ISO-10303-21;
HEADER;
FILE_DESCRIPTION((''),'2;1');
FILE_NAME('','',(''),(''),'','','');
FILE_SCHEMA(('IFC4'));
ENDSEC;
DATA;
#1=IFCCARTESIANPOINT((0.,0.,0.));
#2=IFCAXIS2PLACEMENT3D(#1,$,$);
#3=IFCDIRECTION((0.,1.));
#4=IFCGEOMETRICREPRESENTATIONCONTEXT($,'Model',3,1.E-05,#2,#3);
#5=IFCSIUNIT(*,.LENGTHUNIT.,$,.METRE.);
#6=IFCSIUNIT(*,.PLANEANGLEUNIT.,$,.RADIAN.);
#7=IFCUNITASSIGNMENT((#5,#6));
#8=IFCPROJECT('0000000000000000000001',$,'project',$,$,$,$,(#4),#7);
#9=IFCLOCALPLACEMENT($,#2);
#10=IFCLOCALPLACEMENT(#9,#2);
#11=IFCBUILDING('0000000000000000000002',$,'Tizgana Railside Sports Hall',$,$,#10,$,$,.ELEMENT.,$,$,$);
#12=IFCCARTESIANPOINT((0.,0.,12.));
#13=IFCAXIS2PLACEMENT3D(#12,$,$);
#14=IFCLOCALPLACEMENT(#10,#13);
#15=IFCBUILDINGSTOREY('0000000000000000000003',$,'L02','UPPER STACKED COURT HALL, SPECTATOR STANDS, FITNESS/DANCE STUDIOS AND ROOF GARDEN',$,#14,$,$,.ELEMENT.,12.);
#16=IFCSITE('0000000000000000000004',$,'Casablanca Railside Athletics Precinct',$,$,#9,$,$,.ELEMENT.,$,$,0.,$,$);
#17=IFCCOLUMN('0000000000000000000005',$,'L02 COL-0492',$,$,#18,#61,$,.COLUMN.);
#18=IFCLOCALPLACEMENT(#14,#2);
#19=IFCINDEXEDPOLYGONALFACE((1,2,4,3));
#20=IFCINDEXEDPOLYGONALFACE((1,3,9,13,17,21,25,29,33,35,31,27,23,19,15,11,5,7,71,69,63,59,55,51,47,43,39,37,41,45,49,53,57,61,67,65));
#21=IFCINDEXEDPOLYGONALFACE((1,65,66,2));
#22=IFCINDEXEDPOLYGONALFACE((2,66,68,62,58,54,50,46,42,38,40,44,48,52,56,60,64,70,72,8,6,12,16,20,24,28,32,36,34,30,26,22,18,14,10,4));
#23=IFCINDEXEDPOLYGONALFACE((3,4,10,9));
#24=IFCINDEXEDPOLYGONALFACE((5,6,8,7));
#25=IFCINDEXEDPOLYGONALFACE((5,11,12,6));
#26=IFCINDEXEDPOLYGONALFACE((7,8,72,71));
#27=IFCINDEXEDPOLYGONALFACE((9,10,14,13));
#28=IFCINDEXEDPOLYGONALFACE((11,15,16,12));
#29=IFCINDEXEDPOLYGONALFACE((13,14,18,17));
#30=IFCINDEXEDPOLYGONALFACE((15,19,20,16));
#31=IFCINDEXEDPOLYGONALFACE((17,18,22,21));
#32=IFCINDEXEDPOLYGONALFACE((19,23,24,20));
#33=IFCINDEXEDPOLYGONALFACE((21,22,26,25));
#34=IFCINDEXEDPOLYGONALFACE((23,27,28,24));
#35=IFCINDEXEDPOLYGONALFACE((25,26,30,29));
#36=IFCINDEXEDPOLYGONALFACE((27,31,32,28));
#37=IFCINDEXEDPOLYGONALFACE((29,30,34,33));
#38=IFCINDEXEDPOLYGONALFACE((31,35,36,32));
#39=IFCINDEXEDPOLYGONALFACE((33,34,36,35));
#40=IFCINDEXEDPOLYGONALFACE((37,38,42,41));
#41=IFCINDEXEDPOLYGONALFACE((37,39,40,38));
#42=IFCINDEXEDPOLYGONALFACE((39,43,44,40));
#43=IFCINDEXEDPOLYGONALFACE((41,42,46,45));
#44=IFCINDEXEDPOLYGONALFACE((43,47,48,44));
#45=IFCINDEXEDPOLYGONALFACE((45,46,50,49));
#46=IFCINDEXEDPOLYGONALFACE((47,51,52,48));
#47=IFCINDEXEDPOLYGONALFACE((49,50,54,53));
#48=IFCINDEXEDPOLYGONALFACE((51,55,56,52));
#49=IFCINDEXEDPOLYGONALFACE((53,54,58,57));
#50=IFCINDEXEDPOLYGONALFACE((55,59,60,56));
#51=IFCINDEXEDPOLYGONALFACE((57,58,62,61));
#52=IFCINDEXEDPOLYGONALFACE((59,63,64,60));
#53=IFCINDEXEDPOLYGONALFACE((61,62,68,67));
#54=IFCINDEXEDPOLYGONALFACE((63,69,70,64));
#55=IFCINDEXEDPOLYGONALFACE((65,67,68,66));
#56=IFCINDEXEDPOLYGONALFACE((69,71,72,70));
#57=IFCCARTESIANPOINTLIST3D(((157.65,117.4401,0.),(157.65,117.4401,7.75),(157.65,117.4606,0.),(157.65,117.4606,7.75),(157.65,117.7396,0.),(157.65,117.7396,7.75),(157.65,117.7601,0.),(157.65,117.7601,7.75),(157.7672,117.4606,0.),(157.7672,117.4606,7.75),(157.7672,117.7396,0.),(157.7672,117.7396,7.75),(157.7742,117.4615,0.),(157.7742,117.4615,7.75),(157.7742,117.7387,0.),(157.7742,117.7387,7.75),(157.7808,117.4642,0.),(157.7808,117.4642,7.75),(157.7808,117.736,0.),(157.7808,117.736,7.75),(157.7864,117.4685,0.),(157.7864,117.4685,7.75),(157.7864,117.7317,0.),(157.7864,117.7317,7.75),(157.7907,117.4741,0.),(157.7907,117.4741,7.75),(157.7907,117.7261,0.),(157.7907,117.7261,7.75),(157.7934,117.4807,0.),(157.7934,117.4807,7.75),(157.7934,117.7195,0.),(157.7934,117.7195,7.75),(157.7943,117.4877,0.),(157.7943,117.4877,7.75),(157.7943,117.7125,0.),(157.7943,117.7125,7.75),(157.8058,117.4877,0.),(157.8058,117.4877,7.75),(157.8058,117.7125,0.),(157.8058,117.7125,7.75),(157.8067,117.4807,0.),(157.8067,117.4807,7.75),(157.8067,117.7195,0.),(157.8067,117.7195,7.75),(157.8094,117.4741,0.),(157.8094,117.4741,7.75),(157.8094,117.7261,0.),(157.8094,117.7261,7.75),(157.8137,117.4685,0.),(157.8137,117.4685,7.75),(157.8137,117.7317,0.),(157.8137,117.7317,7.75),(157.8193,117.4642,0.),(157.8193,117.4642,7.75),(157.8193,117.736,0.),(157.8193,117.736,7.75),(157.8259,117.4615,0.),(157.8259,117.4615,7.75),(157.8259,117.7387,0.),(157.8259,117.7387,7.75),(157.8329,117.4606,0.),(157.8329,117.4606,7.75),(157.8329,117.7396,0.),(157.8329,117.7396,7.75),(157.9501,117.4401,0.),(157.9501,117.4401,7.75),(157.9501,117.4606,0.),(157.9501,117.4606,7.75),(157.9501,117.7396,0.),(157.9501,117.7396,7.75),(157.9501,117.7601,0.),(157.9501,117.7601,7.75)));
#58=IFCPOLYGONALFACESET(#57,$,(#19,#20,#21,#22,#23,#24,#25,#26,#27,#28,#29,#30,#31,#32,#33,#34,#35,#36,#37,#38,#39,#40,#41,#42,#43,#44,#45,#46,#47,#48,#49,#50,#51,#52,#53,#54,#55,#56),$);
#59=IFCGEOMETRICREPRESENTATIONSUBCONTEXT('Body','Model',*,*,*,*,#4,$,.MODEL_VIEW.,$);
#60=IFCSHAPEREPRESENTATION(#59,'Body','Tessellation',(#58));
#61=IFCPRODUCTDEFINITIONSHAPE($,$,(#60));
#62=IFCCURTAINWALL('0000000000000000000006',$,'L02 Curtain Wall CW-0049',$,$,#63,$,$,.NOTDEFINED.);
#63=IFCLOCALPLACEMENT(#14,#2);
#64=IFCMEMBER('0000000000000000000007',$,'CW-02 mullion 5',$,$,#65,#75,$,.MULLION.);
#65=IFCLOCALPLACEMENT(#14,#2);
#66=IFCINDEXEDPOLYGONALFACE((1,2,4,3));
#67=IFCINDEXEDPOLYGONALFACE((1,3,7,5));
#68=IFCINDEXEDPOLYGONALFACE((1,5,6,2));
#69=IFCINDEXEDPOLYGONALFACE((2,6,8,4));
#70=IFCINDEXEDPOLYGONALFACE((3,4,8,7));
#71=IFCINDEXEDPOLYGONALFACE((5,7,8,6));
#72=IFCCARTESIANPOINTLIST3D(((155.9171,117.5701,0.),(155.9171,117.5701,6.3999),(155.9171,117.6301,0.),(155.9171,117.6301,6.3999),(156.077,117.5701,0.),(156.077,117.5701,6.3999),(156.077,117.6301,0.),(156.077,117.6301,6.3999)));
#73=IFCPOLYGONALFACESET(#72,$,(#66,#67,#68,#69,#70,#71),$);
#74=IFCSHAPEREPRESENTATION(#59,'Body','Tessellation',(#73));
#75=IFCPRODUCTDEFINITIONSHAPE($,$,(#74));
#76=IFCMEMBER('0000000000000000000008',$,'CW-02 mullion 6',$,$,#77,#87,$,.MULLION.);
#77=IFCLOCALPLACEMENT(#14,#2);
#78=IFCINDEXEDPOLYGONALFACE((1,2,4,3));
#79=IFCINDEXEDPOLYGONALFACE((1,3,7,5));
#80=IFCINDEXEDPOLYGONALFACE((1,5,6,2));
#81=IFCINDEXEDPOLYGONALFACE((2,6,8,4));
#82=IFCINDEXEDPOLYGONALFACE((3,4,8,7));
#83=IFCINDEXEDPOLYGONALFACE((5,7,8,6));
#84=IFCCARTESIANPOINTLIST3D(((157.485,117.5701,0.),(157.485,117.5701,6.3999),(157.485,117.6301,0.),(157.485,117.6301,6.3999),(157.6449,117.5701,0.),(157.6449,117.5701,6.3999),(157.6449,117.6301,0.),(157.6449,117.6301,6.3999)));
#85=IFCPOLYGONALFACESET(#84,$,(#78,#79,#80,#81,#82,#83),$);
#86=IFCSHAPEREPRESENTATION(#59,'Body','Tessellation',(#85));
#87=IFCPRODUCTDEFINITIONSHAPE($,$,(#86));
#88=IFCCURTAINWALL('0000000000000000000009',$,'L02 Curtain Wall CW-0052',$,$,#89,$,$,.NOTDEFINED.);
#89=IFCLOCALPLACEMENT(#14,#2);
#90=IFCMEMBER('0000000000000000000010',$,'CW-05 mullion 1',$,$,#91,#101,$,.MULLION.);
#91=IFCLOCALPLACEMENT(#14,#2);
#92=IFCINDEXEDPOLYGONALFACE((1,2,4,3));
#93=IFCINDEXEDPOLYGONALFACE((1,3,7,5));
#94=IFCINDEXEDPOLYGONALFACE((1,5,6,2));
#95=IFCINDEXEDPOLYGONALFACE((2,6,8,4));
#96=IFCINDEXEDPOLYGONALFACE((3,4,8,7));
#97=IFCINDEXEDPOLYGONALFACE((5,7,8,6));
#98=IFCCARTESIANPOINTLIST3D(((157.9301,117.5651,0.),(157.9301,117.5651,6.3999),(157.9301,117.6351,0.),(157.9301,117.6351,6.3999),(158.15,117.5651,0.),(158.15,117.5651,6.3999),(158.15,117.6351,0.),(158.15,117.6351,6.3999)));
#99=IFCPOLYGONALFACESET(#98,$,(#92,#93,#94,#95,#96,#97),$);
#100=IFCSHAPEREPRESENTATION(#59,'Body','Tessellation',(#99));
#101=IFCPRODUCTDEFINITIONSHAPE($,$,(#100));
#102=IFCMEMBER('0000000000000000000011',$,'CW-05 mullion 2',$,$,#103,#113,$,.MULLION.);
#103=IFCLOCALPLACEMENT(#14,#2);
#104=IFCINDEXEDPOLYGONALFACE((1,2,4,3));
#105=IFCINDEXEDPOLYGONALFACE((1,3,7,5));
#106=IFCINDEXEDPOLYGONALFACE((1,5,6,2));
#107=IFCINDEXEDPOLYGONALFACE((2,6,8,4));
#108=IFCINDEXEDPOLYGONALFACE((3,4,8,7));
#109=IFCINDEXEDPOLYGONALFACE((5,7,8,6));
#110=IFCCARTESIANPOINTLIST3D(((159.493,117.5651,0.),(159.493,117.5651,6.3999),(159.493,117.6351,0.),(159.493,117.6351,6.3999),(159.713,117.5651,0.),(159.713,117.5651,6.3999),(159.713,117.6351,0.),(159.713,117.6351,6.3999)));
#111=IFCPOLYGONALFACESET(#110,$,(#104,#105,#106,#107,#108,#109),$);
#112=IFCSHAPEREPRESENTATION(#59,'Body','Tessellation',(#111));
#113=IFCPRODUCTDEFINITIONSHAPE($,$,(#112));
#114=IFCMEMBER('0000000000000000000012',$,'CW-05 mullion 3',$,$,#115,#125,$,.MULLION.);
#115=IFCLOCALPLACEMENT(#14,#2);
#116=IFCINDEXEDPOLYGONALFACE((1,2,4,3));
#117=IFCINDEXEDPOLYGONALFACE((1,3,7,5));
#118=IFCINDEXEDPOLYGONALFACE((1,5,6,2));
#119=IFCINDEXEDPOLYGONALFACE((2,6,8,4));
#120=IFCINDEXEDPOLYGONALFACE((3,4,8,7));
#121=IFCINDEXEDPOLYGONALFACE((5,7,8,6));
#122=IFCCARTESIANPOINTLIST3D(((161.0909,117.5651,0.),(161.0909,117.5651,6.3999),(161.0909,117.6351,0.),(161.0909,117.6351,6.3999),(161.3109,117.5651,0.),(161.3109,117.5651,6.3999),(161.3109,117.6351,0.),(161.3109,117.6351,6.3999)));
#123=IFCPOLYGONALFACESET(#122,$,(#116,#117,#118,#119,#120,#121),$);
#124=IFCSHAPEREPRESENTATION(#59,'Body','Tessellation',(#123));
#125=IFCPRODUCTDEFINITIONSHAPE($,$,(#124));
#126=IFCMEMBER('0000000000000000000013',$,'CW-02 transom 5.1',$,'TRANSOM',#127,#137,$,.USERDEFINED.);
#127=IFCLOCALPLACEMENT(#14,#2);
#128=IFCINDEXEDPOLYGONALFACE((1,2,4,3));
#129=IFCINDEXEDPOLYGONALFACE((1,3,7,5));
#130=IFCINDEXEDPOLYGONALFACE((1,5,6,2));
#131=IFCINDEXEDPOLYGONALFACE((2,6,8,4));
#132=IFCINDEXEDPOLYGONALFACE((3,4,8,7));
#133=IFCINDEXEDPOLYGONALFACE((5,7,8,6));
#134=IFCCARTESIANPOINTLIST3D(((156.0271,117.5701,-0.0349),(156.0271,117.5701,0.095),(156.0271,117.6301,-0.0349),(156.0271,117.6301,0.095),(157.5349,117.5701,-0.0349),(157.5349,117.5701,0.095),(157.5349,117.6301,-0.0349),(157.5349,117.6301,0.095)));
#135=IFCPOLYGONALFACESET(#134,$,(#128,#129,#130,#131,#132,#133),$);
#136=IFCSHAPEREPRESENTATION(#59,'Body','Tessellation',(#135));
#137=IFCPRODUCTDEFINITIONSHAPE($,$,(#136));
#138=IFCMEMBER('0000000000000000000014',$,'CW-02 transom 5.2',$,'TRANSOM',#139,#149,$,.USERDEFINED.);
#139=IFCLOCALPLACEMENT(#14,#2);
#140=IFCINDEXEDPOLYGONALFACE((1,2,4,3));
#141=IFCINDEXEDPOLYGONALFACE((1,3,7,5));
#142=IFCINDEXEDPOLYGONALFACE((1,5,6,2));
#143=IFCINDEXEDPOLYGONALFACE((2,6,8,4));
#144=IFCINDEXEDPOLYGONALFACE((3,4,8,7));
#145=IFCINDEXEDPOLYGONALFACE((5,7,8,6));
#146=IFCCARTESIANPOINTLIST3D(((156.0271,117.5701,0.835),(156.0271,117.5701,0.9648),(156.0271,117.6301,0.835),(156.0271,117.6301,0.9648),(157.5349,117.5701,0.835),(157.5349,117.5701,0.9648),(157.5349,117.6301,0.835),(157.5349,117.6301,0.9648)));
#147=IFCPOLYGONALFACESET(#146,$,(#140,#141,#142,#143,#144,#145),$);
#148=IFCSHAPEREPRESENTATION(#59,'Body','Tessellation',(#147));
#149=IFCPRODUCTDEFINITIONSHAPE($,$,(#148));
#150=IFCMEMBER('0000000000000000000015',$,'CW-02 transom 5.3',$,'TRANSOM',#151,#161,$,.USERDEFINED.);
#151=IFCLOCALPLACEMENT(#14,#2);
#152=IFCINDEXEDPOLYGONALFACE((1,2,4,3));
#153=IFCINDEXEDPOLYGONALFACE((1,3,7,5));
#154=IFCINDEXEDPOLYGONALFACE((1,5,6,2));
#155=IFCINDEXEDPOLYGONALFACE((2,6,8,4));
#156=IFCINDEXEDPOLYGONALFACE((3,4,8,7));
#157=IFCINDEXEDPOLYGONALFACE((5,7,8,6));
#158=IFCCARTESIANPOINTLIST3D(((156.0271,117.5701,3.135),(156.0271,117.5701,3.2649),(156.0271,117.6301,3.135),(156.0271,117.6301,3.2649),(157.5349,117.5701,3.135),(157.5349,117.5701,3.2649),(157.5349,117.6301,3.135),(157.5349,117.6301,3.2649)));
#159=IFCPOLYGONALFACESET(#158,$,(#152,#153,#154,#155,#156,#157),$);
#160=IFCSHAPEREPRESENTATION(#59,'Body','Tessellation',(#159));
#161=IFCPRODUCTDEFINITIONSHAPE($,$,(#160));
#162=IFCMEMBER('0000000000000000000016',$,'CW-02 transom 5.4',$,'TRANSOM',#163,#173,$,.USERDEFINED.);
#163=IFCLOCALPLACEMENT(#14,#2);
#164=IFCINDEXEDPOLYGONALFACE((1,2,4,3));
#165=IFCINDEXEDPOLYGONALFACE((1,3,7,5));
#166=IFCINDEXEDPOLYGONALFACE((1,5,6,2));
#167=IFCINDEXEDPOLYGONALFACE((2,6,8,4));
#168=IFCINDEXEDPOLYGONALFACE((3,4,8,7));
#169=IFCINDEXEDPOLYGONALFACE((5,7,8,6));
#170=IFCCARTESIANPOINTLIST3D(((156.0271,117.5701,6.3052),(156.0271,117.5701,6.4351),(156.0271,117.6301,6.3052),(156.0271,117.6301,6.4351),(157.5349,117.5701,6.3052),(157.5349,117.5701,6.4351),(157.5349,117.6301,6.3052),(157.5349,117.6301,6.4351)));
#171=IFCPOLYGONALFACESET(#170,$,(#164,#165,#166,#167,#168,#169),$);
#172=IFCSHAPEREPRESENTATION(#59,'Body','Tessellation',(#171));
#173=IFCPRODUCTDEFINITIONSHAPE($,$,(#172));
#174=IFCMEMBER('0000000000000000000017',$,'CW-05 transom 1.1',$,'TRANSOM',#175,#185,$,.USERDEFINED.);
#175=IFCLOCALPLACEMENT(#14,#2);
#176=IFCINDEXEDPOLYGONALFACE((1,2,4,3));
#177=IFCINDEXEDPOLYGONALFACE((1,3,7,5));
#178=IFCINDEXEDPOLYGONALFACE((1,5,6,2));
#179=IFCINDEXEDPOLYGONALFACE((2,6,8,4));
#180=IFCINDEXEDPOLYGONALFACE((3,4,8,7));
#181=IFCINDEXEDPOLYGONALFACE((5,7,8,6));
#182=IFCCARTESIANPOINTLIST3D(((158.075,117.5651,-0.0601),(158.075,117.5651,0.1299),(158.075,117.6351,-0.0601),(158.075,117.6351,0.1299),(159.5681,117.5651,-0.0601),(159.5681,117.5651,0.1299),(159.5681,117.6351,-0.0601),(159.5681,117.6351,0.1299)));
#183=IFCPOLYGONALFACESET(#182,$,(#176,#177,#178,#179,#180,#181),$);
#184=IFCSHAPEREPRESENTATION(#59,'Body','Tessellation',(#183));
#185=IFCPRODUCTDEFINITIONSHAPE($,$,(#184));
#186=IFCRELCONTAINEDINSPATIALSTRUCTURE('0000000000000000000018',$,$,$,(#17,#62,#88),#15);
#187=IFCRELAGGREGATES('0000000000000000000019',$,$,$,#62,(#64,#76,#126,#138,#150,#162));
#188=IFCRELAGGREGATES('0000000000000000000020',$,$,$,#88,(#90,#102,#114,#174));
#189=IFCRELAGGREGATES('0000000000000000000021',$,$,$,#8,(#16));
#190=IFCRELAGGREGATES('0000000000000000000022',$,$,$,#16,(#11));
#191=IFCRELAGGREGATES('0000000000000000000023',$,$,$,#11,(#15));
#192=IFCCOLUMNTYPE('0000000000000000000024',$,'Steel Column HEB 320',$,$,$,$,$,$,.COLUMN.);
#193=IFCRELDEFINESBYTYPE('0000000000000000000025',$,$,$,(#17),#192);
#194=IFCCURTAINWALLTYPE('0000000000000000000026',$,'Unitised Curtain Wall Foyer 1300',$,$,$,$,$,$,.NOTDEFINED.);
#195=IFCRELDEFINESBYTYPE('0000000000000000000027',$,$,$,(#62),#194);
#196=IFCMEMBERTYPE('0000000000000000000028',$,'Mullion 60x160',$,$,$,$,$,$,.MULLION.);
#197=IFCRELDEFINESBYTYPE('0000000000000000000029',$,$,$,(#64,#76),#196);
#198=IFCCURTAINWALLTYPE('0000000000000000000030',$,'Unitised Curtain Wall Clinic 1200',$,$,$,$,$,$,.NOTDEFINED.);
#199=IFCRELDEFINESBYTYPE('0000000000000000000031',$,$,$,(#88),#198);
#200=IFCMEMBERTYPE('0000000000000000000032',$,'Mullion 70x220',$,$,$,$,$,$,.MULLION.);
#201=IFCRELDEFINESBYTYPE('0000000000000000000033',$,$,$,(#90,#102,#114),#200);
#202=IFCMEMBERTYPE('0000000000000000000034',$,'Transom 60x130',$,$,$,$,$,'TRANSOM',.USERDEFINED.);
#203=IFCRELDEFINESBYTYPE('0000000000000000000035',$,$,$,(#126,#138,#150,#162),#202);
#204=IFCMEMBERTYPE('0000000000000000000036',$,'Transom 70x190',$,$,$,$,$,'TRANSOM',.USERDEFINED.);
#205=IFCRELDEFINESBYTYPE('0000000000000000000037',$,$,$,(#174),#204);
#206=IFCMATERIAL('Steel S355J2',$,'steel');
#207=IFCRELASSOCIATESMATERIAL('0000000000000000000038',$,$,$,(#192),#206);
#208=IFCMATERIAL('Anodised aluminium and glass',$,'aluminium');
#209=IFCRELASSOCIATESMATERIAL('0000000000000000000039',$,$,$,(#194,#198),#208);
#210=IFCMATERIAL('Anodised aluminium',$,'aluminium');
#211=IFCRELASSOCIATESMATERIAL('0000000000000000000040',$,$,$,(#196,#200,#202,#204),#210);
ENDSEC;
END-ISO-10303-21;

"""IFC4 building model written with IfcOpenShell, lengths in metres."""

from ifc_helpers import new_model, si_unit, direction, frame, origin, origin_2d, place, context, subcontext, project, spatial, rectangle, i_section, extrude, material, material_profile, profile_set, type_object, element, aggregate, save


model = new_model("IFC4")

# Units and contexts
model_context = context("Model", 3, precision=1e-05, world=origin(), true_north=direction((0.0, 1.0)))
body_context = subcontext(model_context, "Body", "Model", "MODEL_VIEW")
ifc_project = project(units=[si_unit("LENGTHUNIT", "METRE"), si_unit("PLANEANGLEUNIT", "RADIAN")], contexts=[model_context])

# Site, building, storey
site_placement = place(None, origin())
site = spatial("IfcSite", under=ifc_project, at=site_placement, Name="Casablanca Railside Athletics Precinct", CompositionType="ELEMENT", RefElevation=0.0)
building_placement = place(site_placement, origin())
building = spatial("IfcBuilding", under=site, at=building_placement, Name="Tizgana Railside Sports Hall", CompositionType="ELEMENT")
storey_placement = place(building_placement, frame((0.0, 0.0, 12.0)))
storey = spatial("IfcBuildingStorey", under=building, at=storey_placement, Name="L02", Description="UPPER STACKED COURT HALL, SPECTATOR STANDS, FITNESS/DANCE STUDIOS AND ROOF GARDEN", CompositionType="ELEMENT", Elevation=12.0)

# Column
ifc_material_1 = material(Name="Steel S355J2", Category="steel")
ifc_material_profile_1 = material_profile(ifc_material_1, i_section(OverallWidth=0.3, OverallDepth=0.3201, WebThickness=0.0115, FlangeThickness=0.0205, FilletRadius=0.0271, at=origin_2d()), Name="HEB 320")
ifc_profile_set_1 = profile_set([ifc_material_profile_1], Name="Steel S355J2")
column_type = type_object("IfcColumnType", Name="Steel Column HEB 320", PredefinedType="COLUMN", material=ifc_profile_set_1)
column_placement = place(storey_placement, frame((157.8, 117.6001, 0.0), z_axis=(0.0, 0.0, 1.0), x_axis=(1.0, 0.0, 0.0)))
element("IfcColumn", 1, at=column_placement, inside=storey, type_object=column_type, Name="L02 COL-0492", PredefinedType="COLUMN", context=body_context, shape_type="SweptSolid", body=[
    extrude(i_section(OverallWidth=0.3, OverallDepth=0.3201, WebThickness=0.0115, FlangeThickness=0.0205, FilletRadius=0.0271, at=origin_2d()), origin(), (0.0, 0.0, 1.0), 7.75),
])

# Curtain walls, members
ifc_material_2 = material(Name="Anodised aluminium and glass", Category="aluminium")
curtain_wall_type_1 = type_object("IfcCurtainWallType", Name="Unitised Curtain Wall Foyer 1300", PredefinedType="NOTDEFINED", material=ifc_material_2)
curtain_wall_1_placement = place(storey_placement, origin())
curtain_wall_1 = element("IfcCurtainWall", 2, at=curtain_wall_1_placement, inside=storey, type_object=curtain_wall_type_1, Name="L02 Curtain Wall CW-0049", PredefinedType="NOTDEFINED")
ifc_material_3 = material(Name="Anodised aluminium", Category="aluminium")
ifc_material_profile_2 = material_profile(ifc_material_3, rectangle(XDim=0.0601, YDim=0.1599, at=origin_2d()), Name="Mullion 60x160")
ifc_profile_set_2 = profile_set([ifc_material_profile_2], Name="Anodised aluminium")
member_type_1 = type_object("IfcMemberType", Name="Mullion 60x160", PredefinedType="MULLION", material=ifc_profile_set_2)
member_1_placement = place(storey_placement, frame((155.9971, 117.6001, 0.0), z_axis=(0.0, 0.0, 1.0), x_axis=(0.0, 1.0, 0.0)))
member_1 = element("IfcMember", 3, at=member_1_placement, type_object=member_type_1, Name="CW-02 mullion 5", PredefinedType="MULLION", context=body_context, shape_type="SweptSolid", body=[
    extrude(rectangle(XDim=0.0601, YDim=0.1599, at=origin_2d()), origin(), (0.0, 0.0, 1.0), 6.3999),
])
member_2_placement = place(storey_placement, frame((157.5649, 117.6001, 0.0), z_axis=(0.0, 0.0, 1.0), x_axis=(0.0, 1.0, 0.0)))
member_2 = element("IfcMember", 4, at=member_2_placement, type_object=member_type_1, Name="CW-02 mullion 6", PredefinedType="MULLION", context=body_context, shape_type="SweptSolid", body=[
    extrude(rectangle(XDim=0.0601, YDim=0.1599, at=origin_2d()), origin(), (0.0, 0.0, 1.0), 6.3999),
])
curtain_wall_type_2 = type_object("IfcCurtainWallType", Name="Unitised Curtain Wall Clinic 1200", PredefinedType="NOTDEFINED", material=ifc_material_2)
curtain_wall_2_placement = place(storey_placement, origin())
curtain_wall_2 = element("IfcCurtainWall", 5, at=curtain_wall_2_placement, inside=storey, type_object=curtain_wall_type_2, Name="L02 Curtain Wall CW-0052", PredefinedType="NOTDEFINED")
ifc_material_profile_3 = material_profile(ifc_material_3, rectangle(XDim=0.0701, YDim=0.22, at=origin_2d()), Name="Mullion 70x220")
ifc_profile_set_3 = profile_set([ifc_material_profile_3], Name="Anodised aluminium")
member_type_2 = type_object("IfcMemberType", Name="Mullion 70x220", PredefinedType="MULLION", material=ifc_profile_set_3)
member_3_placement = place(storey_placement, frame((158.04, 117.6001, 0.0), z_axis=(0.0, 0.0, 1.0), x_axis=(0.0, 1.0, 0.0)))
member_3 = element("IfcMember", 6, at=member_3_placement, type_object=member_type_2, Name="CW-05 mullion 1", PredefinedType="MULLION", context=body_context, shape_type="SweptSolid", body=[
    extrude(rectangle(XDim=0.0701, YDim=0.22, at=origin_2d()), origin(), (0.0, 0.0, 1.0), 6.3999),
])
member_4_placement = place(storey_placement, frame((159.603, 117.6001, 0.0), z_axis=(0.0, 0.0, 1.0), x_axis=(0.0, 1.0, 0.0)))
member_4 = element("IfcMember", 7, at=member_4_placement, type_object=member_type_2, Name="CW-05 mullion 2", PredefinedType="MULLION", context=body_context, shape_type="SweptSolid", body=[
    extrude(rectangle(XDim=0.0701, YDim=0.22, at=origin_2d()), origin(), (0.0, 0.0, 1.0), 6.3999),
])
member_5_placement = place(storey_placement, frame((161.2009, 117.6001, 0.0), z_axis=(0.0, 0.0, 1.0), x_axis=(0.0, 1.0, 0.0)))
member_5 = element("IfcMember", 8, at=member_5_placement, type_object=member_type_2, Name="CW-05 mullion 3", PredefinedType="MULLION", context=body_context, shape_type="SweptSolid", body=[
    extrude(rectangle(XDim=0.0701, YDim=0.22, at=origin_2d()), origin(), (0.0, 0.0, 1.0), 6.3999),
])

# Members
ifc_material_profile_4 = material_profile(ifc_material_3, rectangle(XDim=0.0601, YDim=0.1299, at=origin_2d()), Name="Transom 60x130")
ifc_profile_set_4 = profile_set([ifc_material_profile_4], Name="Anodised aluminium")
member_type_3 = type_object("IfcMemberType", Name="Transom 60x130", ElementType="TRANSOM", PredefinedType="USERDEFINED", material=ifc_profile_set_4)
member_6_placement = place(storey_placement, frame((156.0271, 117.6001, 0.03), z_axis=(1.0, 0.0, 0.0), x_axis=(0.0, 1.0, 0.0)))
member_6 = element("IfcMember", 9, at=member_6_placement, type_object=member_type_3, Name="CW-02 transom 5.1", ObjectType="TRANSOM", PredefinedType="USERDEFINED", context=body_context, shape_type="SweptSolid", body=[
    extrude(rectangle(XDim=0.0601, YDim=0.1299, at=origin_2d()), origin(), (0.0, 0.0, 1.0), 1.5078),
])
member_7_placement = place(storey_placement, frame((156.0271, 117.6001, 0.8999), z_axis=(1.0, 0.0, 0.0), x_axis=(0.0, 1.0, 0.0)))
member_7 = element("IfcMember", 10, at=member_7_placement, type_object=member_type_3, Name="CW-02 transom 5.2", ObjectType="TRANSOM", PredefinedType="USERDEFINED", context=body_context, shape_type="SweptSolid", body=[
    extrude(rectangle(XDim=0.0601, YDim=0.1299, at=origin_2d()), origin(), (0.0, 0.0, 1.0), 1.5078),
])
member_8_placement = place(storey_placement, frame((156.0271, 117.6001, 3.2), z_axis=(1.0, 0.0, 0.0), x_axis=(0.0, 1.0, 0.0)))
member_8 = element("IfcMember", 11, at=member_8_placement, type_object=member_type_3, Name="CW-02 transom 5.3", ObjectType="TRANSOM", PredefinedType="USERDEFINED", context=body_context, shape_type="SweptSolid", body=[
    extrude(rectangle(XDim=0.0601, YDim=0.1299, at=origin_2d()), origin(), (0.0, 0.0, 1.0), 1.5078),
])
member_9_placement = place(storey_placement, frame((156.0271, 117.6001, 6.3701), z_axis=(1.0, 0.0, 0.0), x_axis=(0.0, 1.0, 0.0)))
member_9 = element("IfcMember", 12, at=member_9_placement, type_object=member_type_3, Name="CW-02 transom 5.4", ObjectType="TRANSOM", PredefinedType="USERDEFINED", context=body_context, shape_type="SweptSolid", body=[
    extrude(rectangle(XDim=0.0601, YDim=0.1299, at=origin_2d()), origin(), (0.0, 0.0, 1.0), 1.5078),
])
ifc_material_profile_5 = material_profile(ifc_material_3, rectangle(XDim=0.0701, YDim=0.1899, at=origin_2d()), Name="Transom 70x190")
ifc_profile_set_5 = profile_set([ifc_material_profile_5], Name="Anodised aluminium")
member_type_4 = type_object("IfcMemberType", Name="Transom 70x190", ElementType="TRANSOM", PredefinedType="USERDEFINED", material=ifc_profile_set_5)
member_10_placement = place(storey_placement, frame((158.075, 117.6001, 0.0349), z_axis=(1.0, 0.0, 0.0), x_axis=(0.0, 1.0, 0.0)))
member_10 = element("IfcMember", 13, at=member_10_placement, type_object=member_type_4, Name="CW-05 transom 1.1", ObjectType="TRANSOM", PredefinedType="USERDEFINED", context=body_context, shape_type="SweptSolid", body=[
    extrude(rectangle(XDim=0.0701, YDim=0.1899, at=origin_2d()), origin(), (0.0, 0.0, 1.0), 1.4932),
])

aggregate(curtain_wall_1, [member_1, member_2, member_6, member_7, member_8, member_9])
aggregate(curtain_wall_2, [member_3, member_4, member_5, member_10])

save(model, "model.ifc")
